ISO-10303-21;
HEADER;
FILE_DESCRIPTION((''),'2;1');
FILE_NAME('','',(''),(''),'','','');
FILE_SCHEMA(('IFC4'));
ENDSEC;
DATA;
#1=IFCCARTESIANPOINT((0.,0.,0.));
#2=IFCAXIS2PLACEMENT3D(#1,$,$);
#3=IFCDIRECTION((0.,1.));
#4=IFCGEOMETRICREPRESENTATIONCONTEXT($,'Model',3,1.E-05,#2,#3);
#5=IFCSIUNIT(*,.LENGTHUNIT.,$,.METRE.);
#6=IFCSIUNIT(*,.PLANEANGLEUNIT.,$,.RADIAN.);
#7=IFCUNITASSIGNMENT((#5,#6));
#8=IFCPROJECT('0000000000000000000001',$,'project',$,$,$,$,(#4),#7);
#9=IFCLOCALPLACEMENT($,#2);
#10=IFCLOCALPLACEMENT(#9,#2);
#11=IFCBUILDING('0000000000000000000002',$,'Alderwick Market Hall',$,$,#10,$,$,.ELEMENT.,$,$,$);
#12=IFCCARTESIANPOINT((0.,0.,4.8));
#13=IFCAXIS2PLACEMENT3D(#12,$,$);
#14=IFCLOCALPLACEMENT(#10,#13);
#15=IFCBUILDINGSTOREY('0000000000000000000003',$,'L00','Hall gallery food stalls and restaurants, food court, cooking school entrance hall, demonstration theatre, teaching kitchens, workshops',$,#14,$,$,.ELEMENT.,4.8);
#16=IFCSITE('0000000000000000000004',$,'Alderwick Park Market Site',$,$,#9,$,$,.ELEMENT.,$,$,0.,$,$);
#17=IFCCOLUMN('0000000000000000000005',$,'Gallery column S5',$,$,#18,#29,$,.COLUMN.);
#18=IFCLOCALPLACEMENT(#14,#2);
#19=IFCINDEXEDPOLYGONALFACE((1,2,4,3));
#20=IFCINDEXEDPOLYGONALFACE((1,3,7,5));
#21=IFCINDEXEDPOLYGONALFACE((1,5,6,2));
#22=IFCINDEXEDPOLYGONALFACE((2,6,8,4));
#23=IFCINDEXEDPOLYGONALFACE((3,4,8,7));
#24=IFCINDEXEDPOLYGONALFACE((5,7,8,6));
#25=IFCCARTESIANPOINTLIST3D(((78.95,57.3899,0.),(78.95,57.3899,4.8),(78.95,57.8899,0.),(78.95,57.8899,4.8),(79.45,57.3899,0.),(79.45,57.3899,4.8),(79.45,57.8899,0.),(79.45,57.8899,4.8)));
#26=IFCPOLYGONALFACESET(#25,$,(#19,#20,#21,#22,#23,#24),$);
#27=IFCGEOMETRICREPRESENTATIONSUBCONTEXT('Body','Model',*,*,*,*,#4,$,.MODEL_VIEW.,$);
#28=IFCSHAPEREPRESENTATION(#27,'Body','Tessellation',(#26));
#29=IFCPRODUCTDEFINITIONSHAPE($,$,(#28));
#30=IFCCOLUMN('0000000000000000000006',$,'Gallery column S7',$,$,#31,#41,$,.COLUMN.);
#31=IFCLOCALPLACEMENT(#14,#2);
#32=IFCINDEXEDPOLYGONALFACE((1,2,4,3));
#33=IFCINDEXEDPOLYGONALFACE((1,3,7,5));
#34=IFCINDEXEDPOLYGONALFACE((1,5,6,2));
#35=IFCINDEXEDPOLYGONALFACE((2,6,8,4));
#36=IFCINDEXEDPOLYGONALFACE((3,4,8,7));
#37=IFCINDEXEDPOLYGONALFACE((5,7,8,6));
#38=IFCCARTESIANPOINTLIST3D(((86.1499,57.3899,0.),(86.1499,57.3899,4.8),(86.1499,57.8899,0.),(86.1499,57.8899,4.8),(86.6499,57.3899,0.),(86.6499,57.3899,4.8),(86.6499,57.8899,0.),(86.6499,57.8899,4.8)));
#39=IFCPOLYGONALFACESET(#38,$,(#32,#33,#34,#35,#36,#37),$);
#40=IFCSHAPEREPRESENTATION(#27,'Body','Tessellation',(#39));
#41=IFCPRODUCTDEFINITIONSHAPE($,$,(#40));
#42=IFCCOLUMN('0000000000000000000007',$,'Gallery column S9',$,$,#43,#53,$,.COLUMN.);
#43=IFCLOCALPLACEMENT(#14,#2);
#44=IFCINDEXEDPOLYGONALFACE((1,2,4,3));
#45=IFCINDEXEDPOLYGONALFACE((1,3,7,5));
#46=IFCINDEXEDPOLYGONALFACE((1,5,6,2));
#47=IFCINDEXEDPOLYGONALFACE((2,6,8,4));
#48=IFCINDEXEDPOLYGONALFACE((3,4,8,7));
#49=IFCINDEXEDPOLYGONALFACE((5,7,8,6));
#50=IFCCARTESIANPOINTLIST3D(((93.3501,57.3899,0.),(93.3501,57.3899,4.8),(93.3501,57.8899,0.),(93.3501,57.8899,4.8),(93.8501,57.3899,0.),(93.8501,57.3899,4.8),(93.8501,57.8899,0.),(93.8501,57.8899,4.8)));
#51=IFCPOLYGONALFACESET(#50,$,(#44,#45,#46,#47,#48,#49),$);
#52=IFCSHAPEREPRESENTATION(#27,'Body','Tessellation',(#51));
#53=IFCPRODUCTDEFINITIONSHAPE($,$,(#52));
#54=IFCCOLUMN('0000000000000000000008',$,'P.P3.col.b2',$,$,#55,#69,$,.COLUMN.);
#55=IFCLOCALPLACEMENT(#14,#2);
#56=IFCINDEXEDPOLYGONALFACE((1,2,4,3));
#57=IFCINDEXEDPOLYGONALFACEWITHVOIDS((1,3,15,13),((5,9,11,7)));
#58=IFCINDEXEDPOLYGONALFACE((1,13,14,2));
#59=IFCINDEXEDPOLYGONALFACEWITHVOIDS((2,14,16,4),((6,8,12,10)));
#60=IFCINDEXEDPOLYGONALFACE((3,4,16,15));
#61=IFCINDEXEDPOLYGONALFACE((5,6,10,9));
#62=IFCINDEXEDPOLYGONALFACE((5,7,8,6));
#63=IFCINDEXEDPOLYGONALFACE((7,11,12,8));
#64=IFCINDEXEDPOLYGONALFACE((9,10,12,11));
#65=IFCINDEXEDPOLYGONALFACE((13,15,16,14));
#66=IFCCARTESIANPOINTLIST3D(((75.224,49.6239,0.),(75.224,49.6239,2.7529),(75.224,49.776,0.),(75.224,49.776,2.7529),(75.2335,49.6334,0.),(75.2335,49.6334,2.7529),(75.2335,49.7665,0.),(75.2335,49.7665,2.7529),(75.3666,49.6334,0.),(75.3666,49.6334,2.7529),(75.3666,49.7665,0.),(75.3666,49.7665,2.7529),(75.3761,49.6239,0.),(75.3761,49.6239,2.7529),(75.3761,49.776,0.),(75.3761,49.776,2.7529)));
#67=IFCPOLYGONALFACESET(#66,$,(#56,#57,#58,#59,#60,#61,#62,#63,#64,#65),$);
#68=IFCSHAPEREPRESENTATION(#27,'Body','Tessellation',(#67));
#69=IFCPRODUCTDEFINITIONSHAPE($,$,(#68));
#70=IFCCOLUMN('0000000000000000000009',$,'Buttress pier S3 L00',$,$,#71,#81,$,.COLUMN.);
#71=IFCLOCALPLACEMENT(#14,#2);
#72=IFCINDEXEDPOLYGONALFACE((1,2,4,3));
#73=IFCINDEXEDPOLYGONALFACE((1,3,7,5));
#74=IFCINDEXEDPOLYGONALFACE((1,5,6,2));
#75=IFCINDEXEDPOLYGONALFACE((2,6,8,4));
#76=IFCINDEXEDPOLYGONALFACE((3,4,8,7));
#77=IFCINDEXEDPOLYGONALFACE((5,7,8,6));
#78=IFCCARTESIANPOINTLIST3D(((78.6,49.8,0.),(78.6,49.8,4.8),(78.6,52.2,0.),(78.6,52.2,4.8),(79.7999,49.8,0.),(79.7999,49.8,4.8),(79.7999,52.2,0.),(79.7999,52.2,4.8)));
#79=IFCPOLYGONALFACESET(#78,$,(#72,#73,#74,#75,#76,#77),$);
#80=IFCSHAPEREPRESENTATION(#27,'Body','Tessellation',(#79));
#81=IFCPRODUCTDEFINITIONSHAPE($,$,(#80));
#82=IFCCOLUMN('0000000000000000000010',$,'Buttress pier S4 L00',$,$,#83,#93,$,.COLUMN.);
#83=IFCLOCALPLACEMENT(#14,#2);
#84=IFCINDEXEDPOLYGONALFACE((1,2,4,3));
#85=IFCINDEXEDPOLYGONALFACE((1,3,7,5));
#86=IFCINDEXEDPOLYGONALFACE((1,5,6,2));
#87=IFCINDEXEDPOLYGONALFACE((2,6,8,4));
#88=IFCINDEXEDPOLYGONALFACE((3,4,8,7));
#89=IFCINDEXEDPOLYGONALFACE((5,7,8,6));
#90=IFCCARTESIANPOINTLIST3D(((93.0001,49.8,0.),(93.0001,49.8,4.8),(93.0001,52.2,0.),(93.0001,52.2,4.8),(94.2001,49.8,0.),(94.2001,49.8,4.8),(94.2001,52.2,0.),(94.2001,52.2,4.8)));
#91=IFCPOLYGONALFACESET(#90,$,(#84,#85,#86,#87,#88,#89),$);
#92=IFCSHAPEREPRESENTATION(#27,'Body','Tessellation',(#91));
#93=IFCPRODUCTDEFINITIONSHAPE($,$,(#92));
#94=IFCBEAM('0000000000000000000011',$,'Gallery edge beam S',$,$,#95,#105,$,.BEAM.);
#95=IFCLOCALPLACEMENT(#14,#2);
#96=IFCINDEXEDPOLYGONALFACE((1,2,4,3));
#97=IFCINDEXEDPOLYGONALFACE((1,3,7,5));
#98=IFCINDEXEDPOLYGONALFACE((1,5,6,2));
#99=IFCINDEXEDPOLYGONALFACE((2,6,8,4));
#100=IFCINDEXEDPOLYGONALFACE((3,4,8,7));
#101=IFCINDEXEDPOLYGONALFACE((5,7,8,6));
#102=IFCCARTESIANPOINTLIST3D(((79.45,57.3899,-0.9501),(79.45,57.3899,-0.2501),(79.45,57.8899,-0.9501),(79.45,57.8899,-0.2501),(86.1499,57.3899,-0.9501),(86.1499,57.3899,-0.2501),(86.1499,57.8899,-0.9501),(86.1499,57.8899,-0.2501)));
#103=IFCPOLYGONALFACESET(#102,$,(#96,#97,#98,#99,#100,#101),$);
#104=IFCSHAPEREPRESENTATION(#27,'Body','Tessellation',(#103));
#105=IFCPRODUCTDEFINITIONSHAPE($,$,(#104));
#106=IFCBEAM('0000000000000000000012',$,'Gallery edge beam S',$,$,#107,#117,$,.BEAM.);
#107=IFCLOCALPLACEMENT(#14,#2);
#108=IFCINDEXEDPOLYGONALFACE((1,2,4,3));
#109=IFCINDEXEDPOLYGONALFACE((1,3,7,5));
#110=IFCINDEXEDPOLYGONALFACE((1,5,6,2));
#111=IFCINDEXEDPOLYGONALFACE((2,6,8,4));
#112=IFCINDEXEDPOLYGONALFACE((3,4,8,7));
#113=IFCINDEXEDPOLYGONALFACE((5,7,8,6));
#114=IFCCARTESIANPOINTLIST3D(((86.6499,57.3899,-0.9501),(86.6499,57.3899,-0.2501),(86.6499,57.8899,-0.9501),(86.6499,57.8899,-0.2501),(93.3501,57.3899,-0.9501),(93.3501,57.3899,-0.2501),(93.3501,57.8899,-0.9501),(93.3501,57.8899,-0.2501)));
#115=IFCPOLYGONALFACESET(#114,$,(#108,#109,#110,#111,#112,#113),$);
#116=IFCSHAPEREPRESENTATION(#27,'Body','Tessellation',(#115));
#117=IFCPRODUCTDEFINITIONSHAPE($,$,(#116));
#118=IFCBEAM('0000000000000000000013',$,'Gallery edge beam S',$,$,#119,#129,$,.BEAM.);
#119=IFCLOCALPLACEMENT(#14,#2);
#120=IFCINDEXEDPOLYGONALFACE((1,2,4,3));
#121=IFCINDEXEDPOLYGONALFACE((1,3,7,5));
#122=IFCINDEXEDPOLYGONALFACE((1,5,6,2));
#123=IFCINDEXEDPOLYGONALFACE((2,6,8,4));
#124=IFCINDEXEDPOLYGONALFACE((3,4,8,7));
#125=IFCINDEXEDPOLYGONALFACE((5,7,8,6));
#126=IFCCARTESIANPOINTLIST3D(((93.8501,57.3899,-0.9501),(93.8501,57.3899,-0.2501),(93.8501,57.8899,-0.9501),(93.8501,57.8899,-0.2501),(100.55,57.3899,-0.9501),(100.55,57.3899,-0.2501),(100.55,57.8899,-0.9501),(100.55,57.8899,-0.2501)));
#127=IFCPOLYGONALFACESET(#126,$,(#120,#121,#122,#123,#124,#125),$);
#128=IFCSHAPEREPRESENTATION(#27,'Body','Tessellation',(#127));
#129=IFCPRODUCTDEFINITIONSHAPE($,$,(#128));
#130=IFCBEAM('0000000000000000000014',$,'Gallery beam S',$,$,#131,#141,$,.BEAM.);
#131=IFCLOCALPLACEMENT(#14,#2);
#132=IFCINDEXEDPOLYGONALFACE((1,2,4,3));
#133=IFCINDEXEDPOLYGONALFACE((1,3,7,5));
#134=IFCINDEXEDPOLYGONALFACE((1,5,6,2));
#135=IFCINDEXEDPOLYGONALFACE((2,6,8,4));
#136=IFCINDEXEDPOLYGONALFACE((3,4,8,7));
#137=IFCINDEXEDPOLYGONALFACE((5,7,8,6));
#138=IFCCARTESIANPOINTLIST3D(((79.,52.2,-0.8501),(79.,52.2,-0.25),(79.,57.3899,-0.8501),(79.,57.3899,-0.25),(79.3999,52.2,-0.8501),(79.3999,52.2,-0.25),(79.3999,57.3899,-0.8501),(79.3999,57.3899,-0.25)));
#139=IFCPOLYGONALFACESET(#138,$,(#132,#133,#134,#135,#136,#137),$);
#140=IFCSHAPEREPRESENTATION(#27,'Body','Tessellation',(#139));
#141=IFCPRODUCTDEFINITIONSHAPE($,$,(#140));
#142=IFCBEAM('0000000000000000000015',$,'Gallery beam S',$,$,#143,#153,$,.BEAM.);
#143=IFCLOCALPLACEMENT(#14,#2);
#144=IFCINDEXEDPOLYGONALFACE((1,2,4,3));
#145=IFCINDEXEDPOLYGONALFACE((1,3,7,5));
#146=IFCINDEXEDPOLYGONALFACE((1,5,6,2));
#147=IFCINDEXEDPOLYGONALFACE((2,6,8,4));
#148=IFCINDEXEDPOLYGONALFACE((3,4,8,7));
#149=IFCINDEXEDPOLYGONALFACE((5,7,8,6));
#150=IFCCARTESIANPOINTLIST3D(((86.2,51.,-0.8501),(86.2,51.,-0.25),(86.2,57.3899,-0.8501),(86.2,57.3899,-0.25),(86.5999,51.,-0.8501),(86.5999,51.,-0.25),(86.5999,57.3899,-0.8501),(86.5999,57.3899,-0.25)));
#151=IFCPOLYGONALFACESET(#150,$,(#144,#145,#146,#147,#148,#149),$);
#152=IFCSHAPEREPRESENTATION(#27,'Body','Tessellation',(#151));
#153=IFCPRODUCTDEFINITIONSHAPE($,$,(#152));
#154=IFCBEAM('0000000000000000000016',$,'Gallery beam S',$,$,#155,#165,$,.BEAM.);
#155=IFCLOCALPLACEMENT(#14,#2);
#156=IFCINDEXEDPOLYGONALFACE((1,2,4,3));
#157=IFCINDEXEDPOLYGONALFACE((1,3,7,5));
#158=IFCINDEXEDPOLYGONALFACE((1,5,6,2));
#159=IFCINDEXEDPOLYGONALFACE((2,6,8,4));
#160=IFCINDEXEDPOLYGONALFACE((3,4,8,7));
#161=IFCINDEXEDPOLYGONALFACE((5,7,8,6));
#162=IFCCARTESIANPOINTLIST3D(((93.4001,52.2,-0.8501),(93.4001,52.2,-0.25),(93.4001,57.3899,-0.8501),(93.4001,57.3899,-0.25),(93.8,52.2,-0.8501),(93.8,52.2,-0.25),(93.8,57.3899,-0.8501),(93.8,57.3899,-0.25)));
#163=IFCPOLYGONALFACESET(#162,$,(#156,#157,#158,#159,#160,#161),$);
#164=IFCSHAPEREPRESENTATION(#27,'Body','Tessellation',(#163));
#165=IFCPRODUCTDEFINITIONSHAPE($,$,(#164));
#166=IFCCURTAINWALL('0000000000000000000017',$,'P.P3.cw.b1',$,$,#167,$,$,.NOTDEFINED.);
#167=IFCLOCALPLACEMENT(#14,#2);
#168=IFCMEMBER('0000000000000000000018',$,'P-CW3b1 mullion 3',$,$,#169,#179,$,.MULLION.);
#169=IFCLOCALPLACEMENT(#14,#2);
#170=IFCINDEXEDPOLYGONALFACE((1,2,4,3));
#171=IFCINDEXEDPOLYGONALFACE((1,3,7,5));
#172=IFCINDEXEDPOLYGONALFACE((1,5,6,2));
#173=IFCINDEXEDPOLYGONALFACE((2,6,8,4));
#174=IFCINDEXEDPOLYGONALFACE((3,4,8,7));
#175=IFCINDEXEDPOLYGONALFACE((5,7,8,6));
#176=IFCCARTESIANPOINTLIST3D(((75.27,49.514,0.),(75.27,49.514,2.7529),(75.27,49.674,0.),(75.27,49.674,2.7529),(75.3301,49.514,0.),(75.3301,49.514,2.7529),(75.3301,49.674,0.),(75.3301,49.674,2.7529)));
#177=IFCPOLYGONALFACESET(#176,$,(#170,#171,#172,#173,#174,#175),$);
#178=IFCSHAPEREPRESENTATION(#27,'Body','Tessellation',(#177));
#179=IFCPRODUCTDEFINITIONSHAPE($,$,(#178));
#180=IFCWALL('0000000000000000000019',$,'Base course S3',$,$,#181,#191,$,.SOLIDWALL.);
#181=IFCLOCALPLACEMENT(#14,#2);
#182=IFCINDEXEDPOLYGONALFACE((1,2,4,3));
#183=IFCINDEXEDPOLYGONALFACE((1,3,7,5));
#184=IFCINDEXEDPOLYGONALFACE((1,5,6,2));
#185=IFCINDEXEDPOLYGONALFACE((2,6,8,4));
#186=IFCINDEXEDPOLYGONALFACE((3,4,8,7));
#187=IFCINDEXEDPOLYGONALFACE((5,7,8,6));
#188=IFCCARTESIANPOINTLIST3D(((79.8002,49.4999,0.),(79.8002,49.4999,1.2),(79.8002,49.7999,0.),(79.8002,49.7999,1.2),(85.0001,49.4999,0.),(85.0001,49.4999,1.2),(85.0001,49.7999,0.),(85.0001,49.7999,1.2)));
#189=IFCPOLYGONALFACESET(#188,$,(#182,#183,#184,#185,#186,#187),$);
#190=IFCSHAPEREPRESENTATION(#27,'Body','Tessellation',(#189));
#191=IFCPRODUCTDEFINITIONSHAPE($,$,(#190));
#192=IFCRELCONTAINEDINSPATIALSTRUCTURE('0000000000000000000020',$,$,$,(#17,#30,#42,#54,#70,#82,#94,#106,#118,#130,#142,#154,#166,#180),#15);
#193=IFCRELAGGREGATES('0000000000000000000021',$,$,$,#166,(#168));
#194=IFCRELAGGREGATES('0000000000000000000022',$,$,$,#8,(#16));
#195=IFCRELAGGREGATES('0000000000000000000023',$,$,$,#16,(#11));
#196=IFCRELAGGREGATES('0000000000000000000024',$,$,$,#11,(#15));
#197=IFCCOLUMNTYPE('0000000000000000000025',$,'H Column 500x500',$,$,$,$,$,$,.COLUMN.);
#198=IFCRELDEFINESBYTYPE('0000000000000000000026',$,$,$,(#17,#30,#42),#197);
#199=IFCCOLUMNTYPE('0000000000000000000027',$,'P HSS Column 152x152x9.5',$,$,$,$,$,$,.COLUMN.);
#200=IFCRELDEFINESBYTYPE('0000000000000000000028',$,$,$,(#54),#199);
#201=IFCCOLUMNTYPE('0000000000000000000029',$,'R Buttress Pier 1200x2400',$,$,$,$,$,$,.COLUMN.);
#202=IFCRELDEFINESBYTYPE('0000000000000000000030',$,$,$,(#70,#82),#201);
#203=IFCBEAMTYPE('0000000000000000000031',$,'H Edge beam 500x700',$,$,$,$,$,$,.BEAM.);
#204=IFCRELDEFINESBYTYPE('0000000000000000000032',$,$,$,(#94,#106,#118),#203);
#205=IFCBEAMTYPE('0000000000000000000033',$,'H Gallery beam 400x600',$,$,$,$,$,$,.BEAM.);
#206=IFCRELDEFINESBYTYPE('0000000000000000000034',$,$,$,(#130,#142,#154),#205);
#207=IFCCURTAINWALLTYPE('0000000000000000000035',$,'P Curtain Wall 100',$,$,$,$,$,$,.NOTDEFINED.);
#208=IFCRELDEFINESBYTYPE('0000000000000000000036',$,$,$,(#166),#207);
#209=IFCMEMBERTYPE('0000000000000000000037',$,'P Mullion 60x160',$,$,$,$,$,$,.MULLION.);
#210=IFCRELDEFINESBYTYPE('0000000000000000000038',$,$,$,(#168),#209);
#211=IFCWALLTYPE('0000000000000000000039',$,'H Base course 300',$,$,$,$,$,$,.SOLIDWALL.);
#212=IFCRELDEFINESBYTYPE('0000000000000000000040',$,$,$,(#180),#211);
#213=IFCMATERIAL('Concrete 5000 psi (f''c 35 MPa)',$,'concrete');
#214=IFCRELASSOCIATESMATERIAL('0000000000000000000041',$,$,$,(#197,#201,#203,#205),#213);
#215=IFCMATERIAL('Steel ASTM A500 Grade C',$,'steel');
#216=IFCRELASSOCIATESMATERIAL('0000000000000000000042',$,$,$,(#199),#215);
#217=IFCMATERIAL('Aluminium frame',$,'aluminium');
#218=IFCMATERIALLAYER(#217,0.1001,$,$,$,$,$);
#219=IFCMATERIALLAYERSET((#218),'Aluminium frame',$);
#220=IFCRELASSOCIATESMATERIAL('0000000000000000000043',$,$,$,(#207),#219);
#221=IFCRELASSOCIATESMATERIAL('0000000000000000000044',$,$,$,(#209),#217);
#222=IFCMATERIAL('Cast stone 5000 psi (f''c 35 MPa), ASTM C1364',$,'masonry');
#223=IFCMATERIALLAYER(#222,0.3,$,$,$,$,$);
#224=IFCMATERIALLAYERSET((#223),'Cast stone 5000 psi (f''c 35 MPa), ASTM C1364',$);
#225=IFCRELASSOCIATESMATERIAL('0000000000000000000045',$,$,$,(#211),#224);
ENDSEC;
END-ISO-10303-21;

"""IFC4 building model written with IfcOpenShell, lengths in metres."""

from ifc_helpers import new_model, si_unit, direction, frame, frame_2d, origin, origin_2d, place, context, subcontext, project, spatial, rectangle, hollow_rectangle, extrude, material, layer, layer_set, material_profile, profile_set, type_object, element, aggregate, save


model = new_model("IFC4")

# Units and contexts
model_context = context("Model", 3, precision=1e-05, world=origin(), true_north=direction((0.0, 1.0)))
body_context = subcontext(model_context, "Body", "Model", "MODEL_VIEW")
ifc_project = project(units=[si_unit("LENGTHUNIT", "METRE"), si_unit("PLANEANGLEUNIT", "RADIAN")], contexts=[model_context])

# Site, building, storey
site_placement = place(None, origin())
site = spatial("IfcSite", under=ifc_project, at=site_placement, Name="Alderwick Park Market Site", CompositionType="ELEMENT", RefElevation=0.0)
building_placement = place(site_placement, origin())
building = spatial("IfcBuilding", under=site, at=building_placement, Name="Alderwick Market Hall", CompositionType="ELEMENT")
storey_placement = place(building_placement, frame((0.0, 0.0, 4.8)))
storey = spatial("IfcBuildingStorey", under=building, at=storey_placement, Name="L00", Description="Hall gallery food stalls and restaurants, food court, cooking school entrance hall, demonstration theatre, teaching kitchens, workshops", CompositionType="ELEMENT", Elevation=4.8)

# Columns
ifc_material_1 = material(Name="Concrete 5000 psi (f'c 35 MPa)", Category="concrete")
ifc_material_profile_1 = material_profile(ifc_material_1, rectangle(XDim=0.5, YDim=0.5, at=origin_2d()), Name="RC 500x500")
ifc_profile_set_1 = profile_set([ifc_material_profile_1], Name="Concrete 5000 psi (f'c 35 MPa)")
column_type_1 = type_object("IfcColumnType", Name="H Column 500x500", PredefinedType="COLUMN", material=ifc_profile_set_1)
for number, where, z_axis, x_axis, name in (
    (1, (79.2, 57.6399, 0.0), (0.0, 0.0, 1.0), (1.0, 0.0, 0.0), "Gallery column S5"),
    (2, (86.3999, 57.6399, 0.0), (0.0, 0.0, 1.0), (1.0, 0.0, 0.0), "Gallery column S7"),
    (3, (93.6001, 57.6399, 0.0), (0.0, 0.0, 1.0), (1.0, 0.0, 0.0), "Gallery column S9"),
):
    element("IfcColumn", number, at=place(storey_placement, frame(where, z_axis=z_axis, x_axis=x_axis)), inside=storey, type_object=column_type_1, Name=name, PredefinedType="COLUMN", context=body_context, shape_type="SweptSolid", body=[
        extrude(rectangle(XDim=0.5, YDim=0.5, at=origin_2d()), origin(), (0.0, 0.0, 1.0), 4.8),
    ])
ifc_material_2 = material(Name="Steel ASTM A500 Grade C", Category="steel")
ifc_material_profile_2 = material_profile(ifc_material_2, hollow_rectangle(XDim=0.1521, YDim=0.1521, WallThickness=0.0095, at=origin_2d()), Name="HSS152x152x9.5")
ifc_profile_set_2 = profile_set([ifc_material_profile_2], Name="Steel ASTM A500 Grade C")
column_type_2 = type_object("IfcColumnType", Name="P HSS Column 152x152x9.5", PredefinedType="COLUMN", material=ifc_profile_set_2)
column_placement = place(storey_placement, frame((75.3, 49.7, 0.0), z_axis=(0.0, 0.0, 1.0), x_axis=(1.0, 0.0, 0.0)))
element("IfcColumn", 4, at=column_placement, inside=storey, type_object=column_type_2, Name="P.P3.col.b2", PredefinedType="COLUMN", context=body_context, shape_type="SweptSolid", body=[
    extrude(hollow_rectangle(XDim=0.1521, YDim=0.1521, WallThickness=0.0095, at=origin_2d()), origin(), (0.0, 0.0, 1.0), 2.7529),
])
ifc_material_profile_3 = material_profile(ifc_material_1, rectangle(XDim=1.2, YDim=2.3999, at=origin_2d()), Name="RC 1200x2400")
ifc_profile_set_3 = profile_set([ifc_material_profile_3], Name="Concrete 5000 psi (f'c 35 MPa)")
column_type_3 = type_object("IfcColumnType", Name="R Buttress Pier 1200x2400", PredefinedType="COLUMN", material=ifc_profile_set_3)
for number, where, z_axis, x_axis, name in (
    (5, (79.2, 51.0, 0.0), (0.0, 0.0, 1.0), (1.0, 0.0, 0.0), "Buttress pier S3 L00"),
    (6, (93.6001, 51.0, 0.0), (0.0, 0.0, 1.0), (1.0, 0.0, 0.0), "Buttress pier S4 L00"),
):
    element("IfcColumn", number, at=place(storey_placement, frame(where, z_axis=z_axis, x_axis=x_axis)), inside=storey, type_object=column_type_3, Name=name, PredefinedType="COLUMN", context=body_context, shape_type="SweptSolid", body=[
        extrude(rectangle(XDim=1.2, YDim=2.3999, at=origin_2d()), origin(), (0.0, 0.0, 1.0), 4.8),
    ])

# Beams
ifc_material_profile_4 = material_profile(ifc_material_1, rectangle(XDim=0.5, YDim=0.7, at=origin_2d()), Name="RC 500x700")
ifc_profile_set_4 = profile_set([ifc_material_profile_4], Name="Concrete 5000 psi (f'c 35 MPa)")
beam_type_1 = type_object("IfcBeamType", Name="H Edge beam 500x700", PredefinedType="BEAM", material=ifc_profile_set_4)
beam_1_placement = place(storey_placement, frame((79.45, 57.6399, -0.6001), z_axis=(1.0, 0.0, 0.0), x_axis=(0.0, 1.0, 0.0)))
element("IfcBeam", 7, at=beam_1_placement, inside=storey, type_object=beam_type_1, Name="Gallery edge beam S", PredefinedType="BEAM", context=body_context, shape_type="SweptSolid", body=[
    extrude(rectangle(XDim=0.5, YDim=0.7, at=origin_2d()), origin(), (0.0, 0.0, 1.0), 6.7),
])
beam_2_placement = place(storey_placement, frame((86.6499, 57.6399, -0.6001), z_axis=(1.0, 0.0, 0.0), x_axis=(0.0, 1.0, 0.0)))
element("IfcBeam", 8, at=beam_2_placement, inside=storey, type_object=beam_type_1, Name="Gallery edge beam S", PredefinedType="BEAM", context=body_context, shape_type="SweptSolid", body=[
    extrude(rectangle(XDim=0.5, YDim=0.7, at=origin_2d()), origin(), (0.0, 0.0, 1.0), 6.7002),
])
beam_3_placement = place(storey_placement, frame((93.8501, 57.6399, -0.6001), z_axis=(1.0, 0.0, 0.0), x_axis=(0.0, 1.0, 0.0)))
element("IfcBeam", 9, at=beam_3_placement, inside=storey, type_object=beam_type_1, Name="Gallery edge beam S", PredefinedType="BEAM", context=body_context, shape_type="SweptSolid", body=[
    extrude(rectangle(XDim=0.5, YDim=0.7, at=origin_2d()), origin(), (0.0, 0.0, 1.0), 6.7),
])
ifc_material_profile_5 = material_profile(ifc_material_1, rectangle(XDim=0.3999, YDim=0.6001, at=origin_2d()), Name="RC 400x600")
ifc_profile_set_5 = profile_set([ifc_material_profile_5], Name="Concrete 5000 psi (f'c 35 MPa)")
beam_type_2 = type_object("IfcBeamType", Name="H Gallery beam 400x600", PredefinedType="BEAM", material=ifc_profile_set_5)
beam_4_placement = place(storey_placement, frame((79.2, 52.2, -0.55), z_axis=(0.0, 1.0, 0.0), x_axis=(-1.0, 0.0, 0.0)))
element("IfcBeam", 10, at=beam_4_placement, inside=storey, type_object=beam_type_2, Name="Gallery beam S", PredefinedType="BEAM", context=body_context, shape_type="SweptSolid", body=[
    extrude(rectangle(XDim=0.3999, YDim=0.6001, at=origin_2d()), origin(), (0.0, 0.0, 1.0), 5.1899),
])
beam_5_placement = place(storey_placement, frame((86.3999, 51.0, -0.55), z_axis=(0.0, 1.0, 0.0), x_axis=(-1.0, 0.0, 0.0)))
element("IfcBeam", 11, at=beam_5_placement, inside=storey, type_object=beam_type_2, Name="Gallery beam S", PredefinedType="BEAM", context=body_context, shape_type="SweptSolid", body=[
    extrude(rectangle(XDim=0.3999, YDim=0.6001, at=origin_2d()), origin(), (0.0, 0.0, 1.0), 6.3899),
])
beam_6_placement = place(storey_placement, frame((93.6001, 52.2, -0.55), z_axis=(0.0, 1.0, 0.0), x_axis=(-1.0, 0.0, 0.0)))
element("IfcBeam", 12, at=beam_6_placement, inside=storey, type_object=beam_type_2, Name="Gallery beam S", PredefinedType="BEAM", context=body_context, shape_type="SweptSolid", body=[
    extrude(rectangle(XDim=0.3999, YDim=0.6001, at=origin_2d()), origin(), (0.0, 0.0, 1.0), 5.1899),
])

# Curtain wall, member
ifc_material_3 = material(Name="Aluminium frame", Category="aluminium")
ifc_layer_1 = layer(ifc_material_3, 0.1001)
ifc_layer_set_1 = layer_set([ifc_layer_1], Name="Aluminium frame")
curtain_wall_type = type_object("IfcCurtainWallType", Name="P Curtain Wall 100", PredefinedType="NOTDEFINED", material=ifc_layer_set_1)
curtain_wall_placement = place(storey_placement, origin())
curtain_wall = element("IfcCurtainWall", 13, at=curtain_wall_placement, inside=storey, type_object=curtain_wall_type, Name="P.P3.cw.b1", PredefinedType="NOTDEFINED")
ifc_material_profile_6 = material_profile(ifc_material_3, rectangle(XDim=0.0601, YDim=0.1599, at=origin_2d()), Name="P Mullion 60x160")
ifc_profile_set_6 = profile_set([ifc_material_profile_6], Name="Aluminium frame")
member_type = type_object("IfcMemberType", Name="P Mullion 60x160", PredefinedType="MULLION", material=ifc_profile_set_6)
member_placement = place(storey_placement, frame((75.3, 49.594, 0.0), z_axis=(0.0, 0.0, 1.0), x_axis=(-1.0, 0.0, 0.0)))
member = element("IfcMember", 14, at=member_placement, type_object=member_type, Name="P-CW3b1 mullion 3", PredefinedType="MULLION", context=body_context, shape_type="SweptSolid", body=[
    extrude(rectangle(XDim=0.0601, YDim=0.1599, at=origin_2d()), origin(), (0.0, 0.0, 1.0), 2.7529),
])
aggregate(curtain_wall, [member])

# Wall
ifc_material_4 = material(Name="Cast stone 5000 psi (f'c 35 MPa), ASTM C1364", Category="masonry")
ifc_layer_2 = layer(ifc_material_4, 0.3)
ifc_layer_set_2 = layer_set([ifc_layer_2], Name="Cast stone 5000 psi (f'c 35 MPa), ASTM C1364")
wall_type_1 = type_object("IfcWallType", Name="H Base course 300", PredefinedType="SOLIDWALL", material=ifc_layer_set_2)
for number, where, z_axis, x_axis, name in (
    (15, (79.8, 49.6499, 0.0), (0.0, 0.0, 1.0), (1.0, 0.0, 0.0), "Base course S3"),
):
    element("IfcWall", number, at=place(storey_placement, frame(where, z_axis=z_axis, x_axis=x_axis)), inside=storey, type_object=wall_type_1, Name=name, PredefinedType="SOLIDWALL", context=body_context, shape_type="SweptSolid", body=[
        extrude(rectangle(XDim=5.2, YDim=0.3, at=frame_2d((2.6001, 0.0))), origin(), (0.0, 0.0, 1.0), 1.2),
    ])

save(model, "model.ifc")
